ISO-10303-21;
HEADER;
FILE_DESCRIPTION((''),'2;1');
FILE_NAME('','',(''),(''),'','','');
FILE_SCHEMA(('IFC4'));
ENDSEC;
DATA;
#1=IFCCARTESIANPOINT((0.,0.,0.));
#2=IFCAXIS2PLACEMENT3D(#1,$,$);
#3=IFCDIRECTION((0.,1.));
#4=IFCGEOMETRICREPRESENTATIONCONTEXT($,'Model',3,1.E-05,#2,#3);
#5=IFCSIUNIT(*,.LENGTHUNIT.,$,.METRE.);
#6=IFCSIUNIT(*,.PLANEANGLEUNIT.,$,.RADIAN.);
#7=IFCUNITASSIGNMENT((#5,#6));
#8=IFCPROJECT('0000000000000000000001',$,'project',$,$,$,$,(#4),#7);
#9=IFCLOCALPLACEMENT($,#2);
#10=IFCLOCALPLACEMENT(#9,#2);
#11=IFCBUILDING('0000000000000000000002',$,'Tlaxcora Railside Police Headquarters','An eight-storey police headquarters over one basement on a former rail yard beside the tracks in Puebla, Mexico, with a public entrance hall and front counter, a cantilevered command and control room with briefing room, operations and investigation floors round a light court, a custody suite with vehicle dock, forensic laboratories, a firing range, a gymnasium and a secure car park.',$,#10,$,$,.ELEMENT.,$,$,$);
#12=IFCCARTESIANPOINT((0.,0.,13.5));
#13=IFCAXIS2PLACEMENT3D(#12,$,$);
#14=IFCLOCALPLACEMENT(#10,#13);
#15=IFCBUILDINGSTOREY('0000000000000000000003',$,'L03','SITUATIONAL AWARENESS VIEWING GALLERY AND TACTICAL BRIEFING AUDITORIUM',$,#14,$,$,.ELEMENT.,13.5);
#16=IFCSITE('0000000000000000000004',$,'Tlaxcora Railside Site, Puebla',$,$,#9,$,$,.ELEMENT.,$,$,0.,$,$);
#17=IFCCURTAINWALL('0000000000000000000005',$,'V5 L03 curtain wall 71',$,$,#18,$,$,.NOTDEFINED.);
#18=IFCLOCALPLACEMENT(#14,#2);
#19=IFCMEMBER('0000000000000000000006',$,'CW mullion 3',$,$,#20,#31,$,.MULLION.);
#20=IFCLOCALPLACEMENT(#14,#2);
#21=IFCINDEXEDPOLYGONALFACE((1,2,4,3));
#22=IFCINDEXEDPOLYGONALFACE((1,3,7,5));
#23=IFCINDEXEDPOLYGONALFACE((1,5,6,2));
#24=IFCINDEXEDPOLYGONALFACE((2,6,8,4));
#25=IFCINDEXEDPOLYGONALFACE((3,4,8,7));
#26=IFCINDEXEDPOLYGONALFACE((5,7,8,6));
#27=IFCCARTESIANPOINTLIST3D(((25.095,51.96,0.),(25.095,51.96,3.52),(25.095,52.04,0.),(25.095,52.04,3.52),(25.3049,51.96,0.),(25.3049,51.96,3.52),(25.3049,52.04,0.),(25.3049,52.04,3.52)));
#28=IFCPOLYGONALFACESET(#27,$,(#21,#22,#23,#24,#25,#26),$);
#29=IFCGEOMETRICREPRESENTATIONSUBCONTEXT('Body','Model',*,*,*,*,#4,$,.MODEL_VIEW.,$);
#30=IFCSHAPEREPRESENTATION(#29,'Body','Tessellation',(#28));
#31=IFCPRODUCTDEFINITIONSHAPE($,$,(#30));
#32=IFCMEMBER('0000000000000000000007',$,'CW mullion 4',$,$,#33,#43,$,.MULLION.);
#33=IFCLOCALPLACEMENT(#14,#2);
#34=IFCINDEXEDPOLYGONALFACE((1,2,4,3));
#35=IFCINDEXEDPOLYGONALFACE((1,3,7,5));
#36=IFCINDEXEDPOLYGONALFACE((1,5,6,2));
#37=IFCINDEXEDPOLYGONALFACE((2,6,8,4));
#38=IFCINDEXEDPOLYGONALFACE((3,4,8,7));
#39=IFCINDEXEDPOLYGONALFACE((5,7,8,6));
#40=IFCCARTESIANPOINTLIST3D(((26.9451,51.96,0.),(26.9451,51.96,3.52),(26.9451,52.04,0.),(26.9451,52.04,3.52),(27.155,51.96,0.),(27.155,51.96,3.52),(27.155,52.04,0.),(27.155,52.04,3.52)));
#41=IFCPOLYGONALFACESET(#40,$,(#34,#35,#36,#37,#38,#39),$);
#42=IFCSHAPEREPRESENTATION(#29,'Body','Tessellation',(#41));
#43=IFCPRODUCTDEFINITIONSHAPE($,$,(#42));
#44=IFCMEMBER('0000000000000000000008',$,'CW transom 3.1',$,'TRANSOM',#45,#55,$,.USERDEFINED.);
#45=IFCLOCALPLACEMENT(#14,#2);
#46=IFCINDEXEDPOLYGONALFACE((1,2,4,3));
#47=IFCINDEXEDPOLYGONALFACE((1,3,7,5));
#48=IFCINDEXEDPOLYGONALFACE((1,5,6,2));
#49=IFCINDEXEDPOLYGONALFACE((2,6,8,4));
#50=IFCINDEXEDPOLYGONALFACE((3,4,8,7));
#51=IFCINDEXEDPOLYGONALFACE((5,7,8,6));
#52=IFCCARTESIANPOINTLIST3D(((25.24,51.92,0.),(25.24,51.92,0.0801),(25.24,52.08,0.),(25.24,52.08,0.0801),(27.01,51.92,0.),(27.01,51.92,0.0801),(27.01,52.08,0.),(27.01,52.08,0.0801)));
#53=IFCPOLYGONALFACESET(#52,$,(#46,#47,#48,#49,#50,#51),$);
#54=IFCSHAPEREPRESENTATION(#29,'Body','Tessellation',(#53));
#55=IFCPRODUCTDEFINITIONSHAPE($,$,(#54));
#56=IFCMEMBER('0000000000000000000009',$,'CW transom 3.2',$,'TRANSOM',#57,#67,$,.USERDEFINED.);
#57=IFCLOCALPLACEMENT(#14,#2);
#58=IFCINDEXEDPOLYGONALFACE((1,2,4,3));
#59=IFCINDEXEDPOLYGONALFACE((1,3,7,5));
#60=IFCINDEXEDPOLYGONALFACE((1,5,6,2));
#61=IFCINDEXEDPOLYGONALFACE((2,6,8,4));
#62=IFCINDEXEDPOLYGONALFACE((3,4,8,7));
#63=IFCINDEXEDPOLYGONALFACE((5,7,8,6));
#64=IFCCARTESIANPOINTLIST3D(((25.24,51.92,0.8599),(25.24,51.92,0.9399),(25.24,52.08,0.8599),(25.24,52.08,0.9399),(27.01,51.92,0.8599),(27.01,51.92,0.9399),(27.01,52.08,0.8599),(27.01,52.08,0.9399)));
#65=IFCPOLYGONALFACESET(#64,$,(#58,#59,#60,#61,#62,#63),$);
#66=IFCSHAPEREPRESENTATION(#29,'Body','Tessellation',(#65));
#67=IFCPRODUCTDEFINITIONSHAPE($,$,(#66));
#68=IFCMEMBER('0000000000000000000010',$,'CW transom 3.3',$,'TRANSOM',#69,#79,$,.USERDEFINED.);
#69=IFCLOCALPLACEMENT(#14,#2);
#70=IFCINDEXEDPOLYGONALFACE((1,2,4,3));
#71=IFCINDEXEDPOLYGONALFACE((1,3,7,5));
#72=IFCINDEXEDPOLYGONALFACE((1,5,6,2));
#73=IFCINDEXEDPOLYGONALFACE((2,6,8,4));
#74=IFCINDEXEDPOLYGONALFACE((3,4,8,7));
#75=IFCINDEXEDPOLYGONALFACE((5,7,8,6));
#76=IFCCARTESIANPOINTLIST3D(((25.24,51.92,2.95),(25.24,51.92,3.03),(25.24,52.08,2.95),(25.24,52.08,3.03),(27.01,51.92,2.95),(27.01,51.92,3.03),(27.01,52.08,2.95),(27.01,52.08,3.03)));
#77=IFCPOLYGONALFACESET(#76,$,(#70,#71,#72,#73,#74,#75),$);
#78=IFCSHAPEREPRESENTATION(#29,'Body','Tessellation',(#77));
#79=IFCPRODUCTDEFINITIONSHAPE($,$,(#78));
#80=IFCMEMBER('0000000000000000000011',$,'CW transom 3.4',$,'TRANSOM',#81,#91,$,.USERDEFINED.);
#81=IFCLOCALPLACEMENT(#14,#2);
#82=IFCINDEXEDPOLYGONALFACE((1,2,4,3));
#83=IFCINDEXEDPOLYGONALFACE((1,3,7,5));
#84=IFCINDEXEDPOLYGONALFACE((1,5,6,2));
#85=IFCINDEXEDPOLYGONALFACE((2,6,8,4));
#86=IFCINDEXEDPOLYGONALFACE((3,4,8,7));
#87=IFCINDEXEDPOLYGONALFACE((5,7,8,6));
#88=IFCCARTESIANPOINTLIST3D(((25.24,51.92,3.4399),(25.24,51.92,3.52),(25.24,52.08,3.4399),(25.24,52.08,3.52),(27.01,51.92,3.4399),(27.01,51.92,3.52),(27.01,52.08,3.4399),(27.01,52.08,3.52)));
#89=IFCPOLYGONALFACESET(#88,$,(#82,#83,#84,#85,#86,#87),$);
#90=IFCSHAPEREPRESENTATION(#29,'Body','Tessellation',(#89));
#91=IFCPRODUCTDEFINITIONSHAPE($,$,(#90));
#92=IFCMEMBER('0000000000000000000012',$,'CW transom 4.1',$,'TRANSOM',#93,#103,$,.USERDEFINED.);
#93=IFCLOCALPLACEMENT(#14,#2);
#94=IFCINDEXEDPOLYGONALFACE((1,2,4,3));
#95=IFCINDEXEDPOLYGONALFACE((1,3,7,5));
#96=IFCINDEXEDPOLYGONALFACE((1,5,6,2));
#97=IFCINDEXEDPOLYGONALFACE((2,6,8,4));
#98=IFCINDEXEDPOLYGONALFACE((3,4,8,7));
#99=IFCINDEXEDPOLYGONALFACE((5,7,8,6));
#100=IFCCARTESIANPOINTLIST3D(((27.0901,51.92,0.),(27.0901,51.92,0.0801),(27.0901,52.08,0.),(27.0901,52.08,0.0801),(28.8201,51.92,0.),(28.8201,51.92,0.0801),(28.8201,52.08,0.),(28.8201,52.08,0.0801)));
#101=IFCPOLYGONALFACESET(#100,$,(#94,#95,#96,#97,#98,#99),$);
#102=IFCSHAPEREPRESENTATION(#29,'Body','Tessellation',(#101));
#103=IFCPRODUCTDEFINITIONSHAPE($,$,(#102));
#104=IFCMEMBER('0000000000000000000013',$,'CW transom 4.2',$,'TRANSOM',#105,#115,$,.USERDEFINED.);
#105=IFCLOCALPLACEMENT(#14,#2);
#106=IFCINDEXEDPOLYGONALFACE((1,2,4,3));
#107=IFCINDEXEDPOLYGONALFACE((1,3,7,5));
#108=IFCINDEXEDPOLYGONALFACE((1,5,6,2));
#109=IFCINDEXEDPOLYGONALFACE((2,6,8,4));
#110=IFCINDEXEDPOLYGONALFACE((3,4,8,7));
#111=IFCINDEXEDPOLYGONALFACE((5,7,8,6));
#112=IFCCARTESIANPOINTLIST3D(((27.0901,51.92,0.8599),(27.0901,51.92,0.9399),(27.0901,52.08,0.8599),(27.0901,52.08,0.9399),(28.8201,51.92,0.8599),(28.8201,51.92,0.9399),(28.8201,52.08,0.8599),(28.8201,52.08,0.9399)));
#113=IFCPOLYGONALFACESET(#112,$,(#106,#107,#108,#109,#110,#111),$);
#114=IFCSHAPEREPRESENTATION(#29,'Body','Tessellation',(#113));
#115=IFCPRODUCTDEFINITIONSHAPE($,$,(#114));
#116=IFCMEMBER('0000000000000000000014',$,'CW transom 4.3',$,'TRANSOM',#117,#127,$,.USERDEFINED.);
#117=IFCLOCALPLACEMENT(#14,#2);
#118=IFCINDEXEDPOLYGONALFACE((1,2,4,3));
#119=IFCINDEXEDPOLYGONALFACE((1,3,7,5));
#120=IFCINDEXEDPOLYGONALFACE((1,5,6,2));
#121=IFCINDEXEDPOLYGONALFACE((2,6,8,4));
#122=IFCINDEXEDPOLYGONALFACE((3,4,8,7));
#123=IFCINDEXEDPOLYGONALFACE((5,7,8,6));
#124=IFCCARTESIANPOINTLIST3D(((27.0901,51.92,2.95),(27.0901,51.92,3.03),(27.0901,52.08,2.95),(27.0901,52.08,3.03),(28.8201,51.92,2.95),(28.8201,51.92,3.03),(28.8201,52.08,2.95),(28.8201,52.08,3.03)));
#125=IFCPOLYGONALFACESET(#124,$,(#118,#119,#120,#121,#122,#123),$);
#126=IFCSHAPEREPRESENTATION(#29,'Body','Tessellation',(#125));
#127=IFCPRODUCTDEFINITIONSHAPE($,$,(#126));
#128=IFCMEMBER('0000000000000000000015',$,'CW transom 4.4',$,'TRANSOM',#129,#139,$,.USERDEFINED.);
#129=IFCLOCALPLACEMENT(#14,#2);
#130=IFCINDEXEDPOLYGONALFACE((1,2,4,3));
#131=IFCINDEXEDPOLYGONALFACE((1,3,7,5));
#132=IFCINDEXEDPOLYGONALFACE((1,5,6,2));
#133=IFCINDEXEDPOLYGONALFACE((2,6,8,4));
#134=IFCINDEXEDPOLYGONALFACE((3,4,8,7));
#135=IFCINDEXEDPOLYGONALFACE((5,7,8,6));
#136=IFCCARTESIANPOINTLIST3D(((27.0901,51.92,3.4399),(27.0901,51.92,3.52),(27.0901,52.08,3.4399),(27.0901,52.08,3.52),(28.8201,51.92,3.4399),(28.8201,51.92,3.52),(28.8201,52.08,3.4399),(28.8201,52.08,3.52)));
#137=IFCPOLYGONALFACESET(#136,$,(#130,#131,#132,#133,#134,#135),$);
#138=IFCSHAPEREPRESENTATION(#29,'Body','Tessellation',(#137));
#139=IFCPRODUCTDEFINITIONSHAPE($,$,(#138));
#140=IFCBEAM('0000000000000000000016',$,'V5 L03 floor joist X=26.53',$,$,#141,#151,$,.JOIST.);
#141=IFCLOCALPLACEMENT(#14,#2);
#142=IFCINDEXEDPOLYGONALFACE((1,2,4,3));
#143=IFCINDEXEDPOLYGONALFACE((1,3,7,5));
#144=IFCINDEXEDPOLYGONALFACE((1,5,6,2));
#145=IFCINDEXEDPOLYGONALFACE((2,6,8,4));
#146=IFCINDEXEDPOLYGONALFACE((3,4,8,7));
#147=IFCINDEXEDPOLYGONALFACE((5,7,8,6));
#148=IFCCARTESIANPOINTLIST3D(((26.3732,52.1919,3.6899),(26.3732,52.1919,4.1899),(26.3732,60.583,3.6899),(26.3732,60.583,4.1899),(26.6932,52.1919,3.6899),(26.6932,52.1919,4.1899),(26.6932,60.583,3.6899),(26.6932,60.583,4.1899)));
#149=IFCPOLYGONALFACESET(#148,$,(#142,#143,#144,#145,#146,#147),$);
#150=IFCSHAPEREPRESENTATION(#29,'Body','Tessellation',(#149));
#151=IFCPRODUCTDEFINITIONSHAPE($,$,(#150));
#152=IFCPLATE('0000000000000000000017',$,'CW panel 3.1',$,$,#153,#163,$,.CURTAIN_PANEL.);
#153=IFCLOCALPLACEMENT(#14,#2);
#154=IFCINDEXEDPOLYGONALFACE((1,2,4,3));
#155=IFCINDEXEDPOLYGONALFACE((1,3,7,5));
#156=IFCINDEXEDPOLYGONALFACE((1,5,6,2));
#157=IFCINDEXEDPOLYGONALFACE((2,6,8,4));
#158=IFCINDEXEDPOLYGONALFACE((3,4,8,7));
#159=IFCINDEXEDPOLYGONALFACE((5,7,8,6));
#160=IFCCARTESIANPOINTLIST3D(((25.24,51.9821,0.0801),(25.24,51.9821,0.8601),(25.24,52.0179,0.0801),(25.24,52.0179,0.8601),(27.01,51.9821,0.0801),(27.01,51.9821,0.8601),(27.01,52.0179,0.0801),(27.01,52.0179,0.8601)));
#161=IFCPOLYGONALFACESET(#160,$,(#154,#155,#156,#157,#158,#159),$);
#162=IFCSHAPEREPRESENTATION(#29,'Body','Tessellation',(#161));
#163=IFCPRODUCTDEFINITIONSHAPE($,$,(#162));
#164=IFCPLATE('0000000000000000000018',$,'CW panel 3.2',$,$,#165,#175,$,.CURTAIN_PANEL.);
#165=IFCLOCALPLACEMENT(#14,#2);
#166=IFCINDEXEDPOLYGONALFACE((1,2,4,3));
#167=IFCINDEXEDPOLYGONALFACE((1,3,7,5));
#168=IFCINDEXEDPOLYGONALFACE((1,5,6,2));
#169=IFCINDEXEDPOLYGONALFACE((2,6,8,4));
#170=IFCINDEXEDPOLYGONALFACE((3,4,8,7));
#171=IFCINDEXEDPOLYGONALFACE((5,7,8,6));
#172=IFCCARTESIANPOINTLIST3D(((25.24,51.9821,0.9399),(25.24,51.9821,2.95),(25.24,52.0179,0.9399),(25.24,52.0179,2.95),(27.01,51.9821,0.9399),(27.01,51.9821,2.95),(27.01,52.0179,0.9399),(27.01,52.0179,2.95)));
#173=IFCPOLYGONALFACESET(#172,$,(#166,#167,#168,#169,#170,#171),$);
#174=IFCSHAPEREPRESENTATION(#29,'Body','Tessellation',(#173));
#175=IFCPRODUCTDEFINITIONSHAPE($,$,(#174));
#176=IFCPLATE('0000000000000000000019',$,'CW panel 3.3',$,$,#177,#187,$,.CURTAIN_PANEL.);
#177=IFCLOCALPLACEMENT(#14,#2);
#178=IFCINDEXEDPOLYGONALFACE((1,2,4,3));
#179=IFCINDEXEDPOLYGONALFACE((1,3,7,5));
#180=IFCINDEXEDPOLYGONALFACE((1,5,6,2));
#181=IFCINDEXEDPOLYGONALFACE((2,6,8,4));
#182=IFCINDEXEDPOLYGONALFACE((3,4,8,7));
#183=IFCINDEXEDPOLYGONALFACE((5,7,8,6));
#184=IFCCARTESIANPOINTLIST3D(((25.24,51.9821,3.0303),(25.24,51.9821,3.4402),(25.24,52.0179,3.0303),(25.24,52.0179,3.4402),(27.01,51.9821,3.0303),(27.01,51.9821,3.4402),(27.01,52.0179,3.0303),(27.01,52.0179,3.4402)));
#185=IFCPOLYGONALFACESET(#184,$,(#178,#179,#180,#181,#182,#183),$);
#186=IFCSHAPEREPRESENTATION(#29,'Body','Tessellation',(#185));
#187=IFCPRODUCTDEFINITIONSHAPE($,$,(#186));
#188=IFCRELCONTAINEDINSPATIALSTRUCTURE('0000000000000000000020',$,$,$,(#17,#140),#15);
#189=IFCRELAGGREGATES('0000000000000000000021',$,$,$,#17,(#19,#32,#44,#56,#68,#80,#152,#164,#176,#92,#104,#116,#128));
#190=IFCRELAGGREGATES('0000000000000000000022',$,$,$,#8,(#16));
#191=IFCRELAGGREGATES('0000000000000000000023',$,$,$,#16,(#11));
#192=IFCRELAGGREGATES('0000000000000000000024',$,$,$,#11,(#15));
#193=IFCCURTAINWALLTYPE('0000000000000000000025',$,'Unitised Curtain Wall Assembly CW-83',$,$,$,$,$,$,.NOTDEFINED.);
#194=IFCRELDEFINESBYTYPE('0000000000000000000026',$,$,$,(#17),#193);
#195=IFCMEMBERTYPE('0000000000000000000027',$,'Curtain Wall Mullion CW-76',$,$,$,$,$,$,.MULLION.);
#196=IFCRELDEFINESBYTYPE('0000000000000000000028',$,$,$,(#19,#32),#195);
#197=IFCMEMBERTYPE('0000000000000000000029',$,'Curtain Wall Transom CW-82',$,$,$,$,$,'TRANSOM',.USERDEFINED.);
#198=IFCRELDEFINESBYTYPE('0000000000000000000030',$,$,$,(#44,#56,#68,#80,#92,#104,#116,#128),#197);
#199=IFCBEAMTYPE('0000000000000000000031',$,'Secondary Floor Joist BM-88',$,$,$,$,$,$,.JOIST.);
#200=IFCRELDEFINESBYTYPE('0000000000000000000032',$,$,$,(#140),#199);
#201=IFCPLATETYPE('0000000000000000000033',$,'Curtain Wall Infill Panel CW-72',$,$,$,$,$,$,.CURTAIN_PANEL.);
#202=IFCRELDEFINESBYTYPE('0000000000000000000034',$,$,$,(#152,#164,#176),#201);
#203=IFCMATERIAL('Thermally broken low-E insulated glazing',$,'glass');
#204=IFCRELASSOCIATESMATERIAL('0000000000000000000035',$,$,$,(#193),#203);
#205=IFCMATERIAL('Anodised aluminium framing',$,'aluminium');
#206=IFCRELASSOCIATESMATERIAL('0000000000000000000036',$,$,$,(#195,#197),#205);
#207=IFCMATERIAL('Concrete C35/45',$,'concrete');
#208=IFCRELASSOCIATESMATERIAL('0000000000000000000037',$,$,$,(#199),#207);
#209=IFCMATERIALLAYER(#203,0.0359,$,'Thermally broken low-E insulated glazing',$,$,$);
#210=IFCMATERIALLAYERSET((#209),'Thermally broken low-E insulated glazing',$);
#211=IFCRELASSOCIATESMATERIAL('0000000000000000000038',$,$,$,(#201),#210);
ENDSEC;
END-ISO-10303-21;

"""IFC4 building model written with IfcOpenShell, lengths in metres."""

from ifc_helpers import new_model, si_unit, direction, frame, origin, origin_2d, place, context, subcontext, project, spatial, rectangle, extrude, material, layer, layer_set, material_profile, profile_set, type_object, element, aggregate, save


model = new_model("IFC4")

# Units and contexts
model_context = context("Model", 3, precision=1e-05, world=origin(), true_north=direction((0.0, 1.0)))
body_context = subcontext(model_context, "Body", "Model", "MODEL_VIEW")
ifc_project = project(units=[si_unit("LENGTHUNIT", "METRE"), si_unit("PLANEANGLEUNIT", "RADIAN")], contexts=[model_context])

# Site, building, storey
site_placement = place(None, origin())
site = spatial("IfcSite", under=ifc_project, at=site_placement, Name="Tlaxcora Railside Site, Puebla", CompositionType="ELEMENT", RefElevation=0.0)
building_placement = place(site_placement, origin())
building = spatial("IfcBuilding", under=site, at=building_placement, Name="Tlaxcora Railside Police Headquarters", Description="An eight-storey police headquarters over one basement on a former rail yard beside the tracks in Puebla, Mexico, with a public entrance hall and front counter, a cantilevered command and control room with briefing room, operations and investigation floors round a light court, a custody suite with vehicle dock, forensic laboratories, a firing range, a gymnasium and a secure car park.", CompositionType="ELEMENT")
storey_placement = place(building_placement, frame((0.0, 0.0, 13.5)))
storey = spatial("IfcBuildingStorey", under=building, at=storey_placement, Name="L03", Description="SITUATIONAL AWARENESS VIEWING GALLERY AND TACTICAL BRIEFING AUDITORIUM", CompositionType="ELEMENT", Elevation=13.5)

# Curtain wall, members
ifc_material_1 = material(Name="Thermally broken low-E insulated glazing", Category="glass")
curtain_wall_type = type_object("IfcCurtainWallType", Name="Unitised Curtain Wall Assembly CW-83", PredefinedType="NOTDEFINED", material=ifc_material_1)
curtain_wall_placement = place(storey_placement, origin())
curtain_wall = element("IfcCurtainWall", 1, at=curtain_wall_placement, inside=storey, type_object=curtain_wall_type, Name="V5 L03 curtain wall 71", PredefinedType="NOTDEFINED")
ifc_material_2 = material(Name="Anodised aluminium framing", Category="aluminium")
ifc_material_profile_1 = material_profile(ifc_material_2, rectangle(XDim=0.0801, YDim=0.21, at=origin_2d()), Name="AL80X210")
ifc_profile_set_1 = profile_set([ifc_material_profile_1], Name="Anodised aluminium framing")
member_type_1 = type_object("IfcMemberType", Name="Curtain Wall Mullion CW-76", PredefinedType="MULLION", material=ifc_profile_set_1)
member_1_placement = place(storey_placement, frame((25.2, 52.0, 0.0), z_axis=(0.0, 0.0, 1.0), x_axis=(0.0, 1.0, 0.0)))
member_1 = element("IfcMember", 2, at=member_1_placement, type_object=member_type_1, Name="CW mullion 3", PredefinedType="MULLION", context=body_context, shape_type="SweptSolid", body=[
    extrude(rectangle(XDim=0.0801, YDim=0.21, at=origin_2d()), origin(), (0.0, 0.0, 1.0), 3.52),
])
member_2_placement = place(storey_placement, frame((27.05, 52.0, 0.0), z_axis=(0.0, 0.0, 1.0), x_axis=(0.0, 1.0, 0.0)))
member_2 = element("IfcMember", 3, at=member_2_placement, type_object=member_type_1, Name="CW mullion 4", PredefinedType="MULLION", context=body_context, shape_type="SweptSolid", body=[
    extrude(rectangle(XDim=0.0801, YDim=0.21, at=origin_2d()), origin(), (0.0, 0.0, 1.0), 3.52),
])
ifc_material_profile_2 = material_profile(ifc_material_2, rectangle(XDim=0.1599, YDim=0.0801, at=origin_2d()), Name="AL80X160")
ifc_profile_set_2 = profile_set([ifc_material_profile_2], Name="Anodised aluminium framing")
member_type_2 = type_object("IfcMemberType", Name="Curtain Wall Transom CW-82", ElementType="TRANSOM", PredefinedType="USERDEFINED", material=ifc_profile_set_2)
member_3_placement = place(storey_placement, frame((25.24, 52.0, 0.04), z_axis=(1.0, 0.0, 0.0), x_axis=(0.0, 1.0, 0.0)))
member_3 = element("IfcMember", 4, at=member_3_placement, type_object=member_type_2, Name="CW transom 3.1", ObjectType="TRANSOM", PredefinedType="USERDEFINED", context=body_context, shape_type="SweptSolid", body=[
    extrude(rectangle(XDim=0.1599, YDim=0.0801, at=origin_2d()), origin(), (0.0, 0.0, 1.0), 1.77),
])
member_4_placement = place(storey_placement, frame((25.24, 52.0, 0.8999), z_axis=(1.0, 0.0, 0.0), x_axis=(0.0, 1.0, 0.0)))
member_4 = element("IfcMember", 5, at=member_4_placement, type_object=member_type_2, Name="CW transom 3.2", ObjectType="TRANSOM", PredefinedType="USERDEFINED", context=body_context, shape_type="SweptSolid", body=[
    extrude(rectangle(XDim=0.1599, YDim=0.0801, at=origin_2d()), origin(), (0.0, 0.0, 1.0), 1.77),
])
member_5_placement = place(storey_placement, frame((25.24, 52.0, 2.99), z_axis=(1.0, 0.0, 0.0), x_axis=(0.0, 1.0, 0.0)))
member_5 = element("IfcMember", 6, at=member_5_placement, type_object=member_type_2, Name="CW transom 3.3", ObjectType="TRANSOM", PredefinedType="USERDEFINED", context=body_context, shape_type="SweptSolid", body=[
    extrude(rectangle(XDim=0.1599, YDim=0.0801, at=origin_2d()), origin(), (0.0, 0.0, 1.0), 1.77),
])
member_6_placement = place(storey_placement, frame((25.24, 52.0, 3.48), z_axis=(1.0, 0.0, 0.0), x_axis=(0.0, 1.0, 0.0)))
member_6 = element("IfcMember", 7, at=member_6_placement, type_object=member_type_2, Name="CW transom 3.4", ObjectType="TRANSOM", PredefinedType="USERDEFINED", context=body_context, shape_type="SweptSolid", body=[
    extrude(rectangle(XDim=0.1599, YDim=0.0801, at=origin_2d()), origin(), (0.0, 0.0, 1.0), 1.77),
])
member_7_placement = place(storey_placement, frame((27.0901, 52.0, 0.04), z_axis=(1.0, 0.0, 0.0), x_axis=(0.0, 1.0, 0.0)))
member_7 = element("IfcMember", 8, at=member_7_placement, type_object=member_type_2, Name="CW transom 4.1", ObjectType="TRANSOM", PredefinedType="USERDEFINED", context=body_context, shape_type="SweptSolid", body=[
    extrude(rectangle(XDim=0.1599, YDim=0.0801, at=origin_2d()), origin(), (0.0, 0.0, 1.0), 1.73),
])
member_8_placement = place(storey_placement, frame((27.0901, 52.0, 0.8999), z_axis=(1.0, 0.0, 0.0), x_axis=(0.0, 1.0, 0.0)))
member_8 = element("IfcMember", 9, at=member_8_placement, type_object=member_type_2, Name="CW transom 4.2", ObjectType="TRANSOM", PredefinedType="USERDEFINED", context=body_context, shape_type="SweptSolid", body=[
    extrude(rectangle(XDim=0.1599, YDim=0.0801, at=origin_2d()), origin(), (0.0, 0.0, 1.0), 1.73),
])
member_9_placement = place(storey_placement, frame((27.0901, 52.0, 2.99), z_axis=(1.0, 0.0, 0.0), x_axis=(0.0, 1.0, 0.0)))
member_9 = element("IfcMember", 10, at=member_9_placement, type_object=member_type_2, Name="CW transom 4.3", ObjectType="TRANSOM", PredefinedType="USERDEFINED", context=body_context, shape_type="SweptSolid", body=[
    extrude(rectangle(XDim=0.1599, YDim=0.0801, at=origin_2d()), origin(), (0.0, 0.0, 1.0), 1.73),
])
member_10_placement = place(storey_placement, frame((27.0901, 52.0, 3.48), z_axis=(1.0, 0.0, 0.0), x_axis=(0.0, 1.0, 0.0)))
member_10 = element("IfcMember", 11, at=member_10_placement, type_object=member_type_2, Name="CW transom 4.4", ObjectType="TRANSOM", PredefinedType="USERDEFINED", context=body_context, shape_type="SweptSolid", body=[
    extrude(rectangle(XDim=0.1599, YDim=0.0801, at=origin_2d()), origin(), (0.0, 0.0, 1.0), 1.73),
])

# Beam
ifc_material_3 = material(Name="Concrete C35/45", Category="concrete")
ifc_material_profile_3 = material_profile(ifc_material_3, rectangle(XDim=0.3201, YDim=0.5, at=origin_2d()), Name="RC320X500")
ifc_profile_set_3 = profile_set([ifc_material_profile_3], Name="Concrete C35/45")
beam_type = type_object("IfcBeamType", Name="Secondary Floor Joist BM-88", PredefinedType="JOIST", material=ifc_profile_set_3)
beam_placement = place(storey_placement, frame((26.5332, 52.1919, 3.9399), z_axis=(0.0, 1.0, 0.0), x_axis=(-1.0, 0.0, 0.0)))
element("IfcBeam", 12, at=beam_placement, inside=storey, type_object=beam_type, Name="V5 L03 floor joist X=26.53", PredefinedType="JOIST", context=body_context, shape_type="SweptSolid", body=[
    extrude(rectangle(XDim=0.3201, YDim=0.5, at=origin_2d()), origin(), (0.0, 0.0, 1.0), 8.3911),
])

# Plates
ifc_layer_1 = layer(ifc_material_1, 0.0359, Name="Thermally broken low-E insulated glazing")
ifc_layer_set_1 = layer_set([ifc_layer_1], Name="Thermally broken low-E insulated glazing")
plate_type = type_object("IfcPlateType", Name="Curtain Wall Infill Panel CW-72", PredefinedType="CURTAIN_PANEL", material=ifc_layer_set_1)
plate_1_placement = place(storey_placement, frame((26.125, 52.0, 0.0801), z_axis=(0.0, 0.0, 1.0), x_axis=(1.0, 0.0, 0.0)))
plate_1 = element("IfcPlate", 13, at=plate_1_placement, type_object=plate_type, Name="CW panel 3.1", PredefinedType="CURTAIN_PANEL", context=body_context, shape_type="SweptSolid", body=[
    extrude(rectangle(XDim=1.77, YDim=0.0359, at=origin_2d()), origin(), (0.0, 0.0, 1.0), 0.78),
])
plate_2_placement = place(storey_placement, frame((26.125, 52.0, 0.9399), z_axis=(0.0, 0.0, 1.0), x_axis=(1.0, 0.0, 0.0)))
plate_2 = element("IfcPlate", 14, at=plate_2_placement, type_object=plate_type, Name="CW panel 3.2", PredefinedType="CURTAIN_PANEL", context=body_context, shape_type="SweptSolid", body=[
    extrude(rectangle(XDim=1.77, YDim=0.0359, at=origin_2d()), origin(), (0.0, 0.0, 1.0), 2.01),
])
plate_3_placement = place(storey_placement, frame((26.125, 52.0, 3.0303), z_axis=(0.0, 0.0, 1.0), x_axis=(1.0, 0.0, 0.0)))
plate_3 = element("IfcPlate", 15, at=plate_3_placement, type_object=plate_type, Name="CW panel 3.3", PredefinedType="CURTAIN_PANEL", context=body_context, shape_type="SweptSolid", body=[
    extrude(rectangle(XDim=1.77, YDim=0.0359, at=origin_2d()), origin(), (0.0, 0.0, 1.0), 0.4099),
])
aggregate(curtain_wall, [member_1, member_2, member_3, member_4, member_5, member_6, plate_1, plate_2, plate_3, member_7, member_8, member_9, member_10])

save(model, "model.ifc")
